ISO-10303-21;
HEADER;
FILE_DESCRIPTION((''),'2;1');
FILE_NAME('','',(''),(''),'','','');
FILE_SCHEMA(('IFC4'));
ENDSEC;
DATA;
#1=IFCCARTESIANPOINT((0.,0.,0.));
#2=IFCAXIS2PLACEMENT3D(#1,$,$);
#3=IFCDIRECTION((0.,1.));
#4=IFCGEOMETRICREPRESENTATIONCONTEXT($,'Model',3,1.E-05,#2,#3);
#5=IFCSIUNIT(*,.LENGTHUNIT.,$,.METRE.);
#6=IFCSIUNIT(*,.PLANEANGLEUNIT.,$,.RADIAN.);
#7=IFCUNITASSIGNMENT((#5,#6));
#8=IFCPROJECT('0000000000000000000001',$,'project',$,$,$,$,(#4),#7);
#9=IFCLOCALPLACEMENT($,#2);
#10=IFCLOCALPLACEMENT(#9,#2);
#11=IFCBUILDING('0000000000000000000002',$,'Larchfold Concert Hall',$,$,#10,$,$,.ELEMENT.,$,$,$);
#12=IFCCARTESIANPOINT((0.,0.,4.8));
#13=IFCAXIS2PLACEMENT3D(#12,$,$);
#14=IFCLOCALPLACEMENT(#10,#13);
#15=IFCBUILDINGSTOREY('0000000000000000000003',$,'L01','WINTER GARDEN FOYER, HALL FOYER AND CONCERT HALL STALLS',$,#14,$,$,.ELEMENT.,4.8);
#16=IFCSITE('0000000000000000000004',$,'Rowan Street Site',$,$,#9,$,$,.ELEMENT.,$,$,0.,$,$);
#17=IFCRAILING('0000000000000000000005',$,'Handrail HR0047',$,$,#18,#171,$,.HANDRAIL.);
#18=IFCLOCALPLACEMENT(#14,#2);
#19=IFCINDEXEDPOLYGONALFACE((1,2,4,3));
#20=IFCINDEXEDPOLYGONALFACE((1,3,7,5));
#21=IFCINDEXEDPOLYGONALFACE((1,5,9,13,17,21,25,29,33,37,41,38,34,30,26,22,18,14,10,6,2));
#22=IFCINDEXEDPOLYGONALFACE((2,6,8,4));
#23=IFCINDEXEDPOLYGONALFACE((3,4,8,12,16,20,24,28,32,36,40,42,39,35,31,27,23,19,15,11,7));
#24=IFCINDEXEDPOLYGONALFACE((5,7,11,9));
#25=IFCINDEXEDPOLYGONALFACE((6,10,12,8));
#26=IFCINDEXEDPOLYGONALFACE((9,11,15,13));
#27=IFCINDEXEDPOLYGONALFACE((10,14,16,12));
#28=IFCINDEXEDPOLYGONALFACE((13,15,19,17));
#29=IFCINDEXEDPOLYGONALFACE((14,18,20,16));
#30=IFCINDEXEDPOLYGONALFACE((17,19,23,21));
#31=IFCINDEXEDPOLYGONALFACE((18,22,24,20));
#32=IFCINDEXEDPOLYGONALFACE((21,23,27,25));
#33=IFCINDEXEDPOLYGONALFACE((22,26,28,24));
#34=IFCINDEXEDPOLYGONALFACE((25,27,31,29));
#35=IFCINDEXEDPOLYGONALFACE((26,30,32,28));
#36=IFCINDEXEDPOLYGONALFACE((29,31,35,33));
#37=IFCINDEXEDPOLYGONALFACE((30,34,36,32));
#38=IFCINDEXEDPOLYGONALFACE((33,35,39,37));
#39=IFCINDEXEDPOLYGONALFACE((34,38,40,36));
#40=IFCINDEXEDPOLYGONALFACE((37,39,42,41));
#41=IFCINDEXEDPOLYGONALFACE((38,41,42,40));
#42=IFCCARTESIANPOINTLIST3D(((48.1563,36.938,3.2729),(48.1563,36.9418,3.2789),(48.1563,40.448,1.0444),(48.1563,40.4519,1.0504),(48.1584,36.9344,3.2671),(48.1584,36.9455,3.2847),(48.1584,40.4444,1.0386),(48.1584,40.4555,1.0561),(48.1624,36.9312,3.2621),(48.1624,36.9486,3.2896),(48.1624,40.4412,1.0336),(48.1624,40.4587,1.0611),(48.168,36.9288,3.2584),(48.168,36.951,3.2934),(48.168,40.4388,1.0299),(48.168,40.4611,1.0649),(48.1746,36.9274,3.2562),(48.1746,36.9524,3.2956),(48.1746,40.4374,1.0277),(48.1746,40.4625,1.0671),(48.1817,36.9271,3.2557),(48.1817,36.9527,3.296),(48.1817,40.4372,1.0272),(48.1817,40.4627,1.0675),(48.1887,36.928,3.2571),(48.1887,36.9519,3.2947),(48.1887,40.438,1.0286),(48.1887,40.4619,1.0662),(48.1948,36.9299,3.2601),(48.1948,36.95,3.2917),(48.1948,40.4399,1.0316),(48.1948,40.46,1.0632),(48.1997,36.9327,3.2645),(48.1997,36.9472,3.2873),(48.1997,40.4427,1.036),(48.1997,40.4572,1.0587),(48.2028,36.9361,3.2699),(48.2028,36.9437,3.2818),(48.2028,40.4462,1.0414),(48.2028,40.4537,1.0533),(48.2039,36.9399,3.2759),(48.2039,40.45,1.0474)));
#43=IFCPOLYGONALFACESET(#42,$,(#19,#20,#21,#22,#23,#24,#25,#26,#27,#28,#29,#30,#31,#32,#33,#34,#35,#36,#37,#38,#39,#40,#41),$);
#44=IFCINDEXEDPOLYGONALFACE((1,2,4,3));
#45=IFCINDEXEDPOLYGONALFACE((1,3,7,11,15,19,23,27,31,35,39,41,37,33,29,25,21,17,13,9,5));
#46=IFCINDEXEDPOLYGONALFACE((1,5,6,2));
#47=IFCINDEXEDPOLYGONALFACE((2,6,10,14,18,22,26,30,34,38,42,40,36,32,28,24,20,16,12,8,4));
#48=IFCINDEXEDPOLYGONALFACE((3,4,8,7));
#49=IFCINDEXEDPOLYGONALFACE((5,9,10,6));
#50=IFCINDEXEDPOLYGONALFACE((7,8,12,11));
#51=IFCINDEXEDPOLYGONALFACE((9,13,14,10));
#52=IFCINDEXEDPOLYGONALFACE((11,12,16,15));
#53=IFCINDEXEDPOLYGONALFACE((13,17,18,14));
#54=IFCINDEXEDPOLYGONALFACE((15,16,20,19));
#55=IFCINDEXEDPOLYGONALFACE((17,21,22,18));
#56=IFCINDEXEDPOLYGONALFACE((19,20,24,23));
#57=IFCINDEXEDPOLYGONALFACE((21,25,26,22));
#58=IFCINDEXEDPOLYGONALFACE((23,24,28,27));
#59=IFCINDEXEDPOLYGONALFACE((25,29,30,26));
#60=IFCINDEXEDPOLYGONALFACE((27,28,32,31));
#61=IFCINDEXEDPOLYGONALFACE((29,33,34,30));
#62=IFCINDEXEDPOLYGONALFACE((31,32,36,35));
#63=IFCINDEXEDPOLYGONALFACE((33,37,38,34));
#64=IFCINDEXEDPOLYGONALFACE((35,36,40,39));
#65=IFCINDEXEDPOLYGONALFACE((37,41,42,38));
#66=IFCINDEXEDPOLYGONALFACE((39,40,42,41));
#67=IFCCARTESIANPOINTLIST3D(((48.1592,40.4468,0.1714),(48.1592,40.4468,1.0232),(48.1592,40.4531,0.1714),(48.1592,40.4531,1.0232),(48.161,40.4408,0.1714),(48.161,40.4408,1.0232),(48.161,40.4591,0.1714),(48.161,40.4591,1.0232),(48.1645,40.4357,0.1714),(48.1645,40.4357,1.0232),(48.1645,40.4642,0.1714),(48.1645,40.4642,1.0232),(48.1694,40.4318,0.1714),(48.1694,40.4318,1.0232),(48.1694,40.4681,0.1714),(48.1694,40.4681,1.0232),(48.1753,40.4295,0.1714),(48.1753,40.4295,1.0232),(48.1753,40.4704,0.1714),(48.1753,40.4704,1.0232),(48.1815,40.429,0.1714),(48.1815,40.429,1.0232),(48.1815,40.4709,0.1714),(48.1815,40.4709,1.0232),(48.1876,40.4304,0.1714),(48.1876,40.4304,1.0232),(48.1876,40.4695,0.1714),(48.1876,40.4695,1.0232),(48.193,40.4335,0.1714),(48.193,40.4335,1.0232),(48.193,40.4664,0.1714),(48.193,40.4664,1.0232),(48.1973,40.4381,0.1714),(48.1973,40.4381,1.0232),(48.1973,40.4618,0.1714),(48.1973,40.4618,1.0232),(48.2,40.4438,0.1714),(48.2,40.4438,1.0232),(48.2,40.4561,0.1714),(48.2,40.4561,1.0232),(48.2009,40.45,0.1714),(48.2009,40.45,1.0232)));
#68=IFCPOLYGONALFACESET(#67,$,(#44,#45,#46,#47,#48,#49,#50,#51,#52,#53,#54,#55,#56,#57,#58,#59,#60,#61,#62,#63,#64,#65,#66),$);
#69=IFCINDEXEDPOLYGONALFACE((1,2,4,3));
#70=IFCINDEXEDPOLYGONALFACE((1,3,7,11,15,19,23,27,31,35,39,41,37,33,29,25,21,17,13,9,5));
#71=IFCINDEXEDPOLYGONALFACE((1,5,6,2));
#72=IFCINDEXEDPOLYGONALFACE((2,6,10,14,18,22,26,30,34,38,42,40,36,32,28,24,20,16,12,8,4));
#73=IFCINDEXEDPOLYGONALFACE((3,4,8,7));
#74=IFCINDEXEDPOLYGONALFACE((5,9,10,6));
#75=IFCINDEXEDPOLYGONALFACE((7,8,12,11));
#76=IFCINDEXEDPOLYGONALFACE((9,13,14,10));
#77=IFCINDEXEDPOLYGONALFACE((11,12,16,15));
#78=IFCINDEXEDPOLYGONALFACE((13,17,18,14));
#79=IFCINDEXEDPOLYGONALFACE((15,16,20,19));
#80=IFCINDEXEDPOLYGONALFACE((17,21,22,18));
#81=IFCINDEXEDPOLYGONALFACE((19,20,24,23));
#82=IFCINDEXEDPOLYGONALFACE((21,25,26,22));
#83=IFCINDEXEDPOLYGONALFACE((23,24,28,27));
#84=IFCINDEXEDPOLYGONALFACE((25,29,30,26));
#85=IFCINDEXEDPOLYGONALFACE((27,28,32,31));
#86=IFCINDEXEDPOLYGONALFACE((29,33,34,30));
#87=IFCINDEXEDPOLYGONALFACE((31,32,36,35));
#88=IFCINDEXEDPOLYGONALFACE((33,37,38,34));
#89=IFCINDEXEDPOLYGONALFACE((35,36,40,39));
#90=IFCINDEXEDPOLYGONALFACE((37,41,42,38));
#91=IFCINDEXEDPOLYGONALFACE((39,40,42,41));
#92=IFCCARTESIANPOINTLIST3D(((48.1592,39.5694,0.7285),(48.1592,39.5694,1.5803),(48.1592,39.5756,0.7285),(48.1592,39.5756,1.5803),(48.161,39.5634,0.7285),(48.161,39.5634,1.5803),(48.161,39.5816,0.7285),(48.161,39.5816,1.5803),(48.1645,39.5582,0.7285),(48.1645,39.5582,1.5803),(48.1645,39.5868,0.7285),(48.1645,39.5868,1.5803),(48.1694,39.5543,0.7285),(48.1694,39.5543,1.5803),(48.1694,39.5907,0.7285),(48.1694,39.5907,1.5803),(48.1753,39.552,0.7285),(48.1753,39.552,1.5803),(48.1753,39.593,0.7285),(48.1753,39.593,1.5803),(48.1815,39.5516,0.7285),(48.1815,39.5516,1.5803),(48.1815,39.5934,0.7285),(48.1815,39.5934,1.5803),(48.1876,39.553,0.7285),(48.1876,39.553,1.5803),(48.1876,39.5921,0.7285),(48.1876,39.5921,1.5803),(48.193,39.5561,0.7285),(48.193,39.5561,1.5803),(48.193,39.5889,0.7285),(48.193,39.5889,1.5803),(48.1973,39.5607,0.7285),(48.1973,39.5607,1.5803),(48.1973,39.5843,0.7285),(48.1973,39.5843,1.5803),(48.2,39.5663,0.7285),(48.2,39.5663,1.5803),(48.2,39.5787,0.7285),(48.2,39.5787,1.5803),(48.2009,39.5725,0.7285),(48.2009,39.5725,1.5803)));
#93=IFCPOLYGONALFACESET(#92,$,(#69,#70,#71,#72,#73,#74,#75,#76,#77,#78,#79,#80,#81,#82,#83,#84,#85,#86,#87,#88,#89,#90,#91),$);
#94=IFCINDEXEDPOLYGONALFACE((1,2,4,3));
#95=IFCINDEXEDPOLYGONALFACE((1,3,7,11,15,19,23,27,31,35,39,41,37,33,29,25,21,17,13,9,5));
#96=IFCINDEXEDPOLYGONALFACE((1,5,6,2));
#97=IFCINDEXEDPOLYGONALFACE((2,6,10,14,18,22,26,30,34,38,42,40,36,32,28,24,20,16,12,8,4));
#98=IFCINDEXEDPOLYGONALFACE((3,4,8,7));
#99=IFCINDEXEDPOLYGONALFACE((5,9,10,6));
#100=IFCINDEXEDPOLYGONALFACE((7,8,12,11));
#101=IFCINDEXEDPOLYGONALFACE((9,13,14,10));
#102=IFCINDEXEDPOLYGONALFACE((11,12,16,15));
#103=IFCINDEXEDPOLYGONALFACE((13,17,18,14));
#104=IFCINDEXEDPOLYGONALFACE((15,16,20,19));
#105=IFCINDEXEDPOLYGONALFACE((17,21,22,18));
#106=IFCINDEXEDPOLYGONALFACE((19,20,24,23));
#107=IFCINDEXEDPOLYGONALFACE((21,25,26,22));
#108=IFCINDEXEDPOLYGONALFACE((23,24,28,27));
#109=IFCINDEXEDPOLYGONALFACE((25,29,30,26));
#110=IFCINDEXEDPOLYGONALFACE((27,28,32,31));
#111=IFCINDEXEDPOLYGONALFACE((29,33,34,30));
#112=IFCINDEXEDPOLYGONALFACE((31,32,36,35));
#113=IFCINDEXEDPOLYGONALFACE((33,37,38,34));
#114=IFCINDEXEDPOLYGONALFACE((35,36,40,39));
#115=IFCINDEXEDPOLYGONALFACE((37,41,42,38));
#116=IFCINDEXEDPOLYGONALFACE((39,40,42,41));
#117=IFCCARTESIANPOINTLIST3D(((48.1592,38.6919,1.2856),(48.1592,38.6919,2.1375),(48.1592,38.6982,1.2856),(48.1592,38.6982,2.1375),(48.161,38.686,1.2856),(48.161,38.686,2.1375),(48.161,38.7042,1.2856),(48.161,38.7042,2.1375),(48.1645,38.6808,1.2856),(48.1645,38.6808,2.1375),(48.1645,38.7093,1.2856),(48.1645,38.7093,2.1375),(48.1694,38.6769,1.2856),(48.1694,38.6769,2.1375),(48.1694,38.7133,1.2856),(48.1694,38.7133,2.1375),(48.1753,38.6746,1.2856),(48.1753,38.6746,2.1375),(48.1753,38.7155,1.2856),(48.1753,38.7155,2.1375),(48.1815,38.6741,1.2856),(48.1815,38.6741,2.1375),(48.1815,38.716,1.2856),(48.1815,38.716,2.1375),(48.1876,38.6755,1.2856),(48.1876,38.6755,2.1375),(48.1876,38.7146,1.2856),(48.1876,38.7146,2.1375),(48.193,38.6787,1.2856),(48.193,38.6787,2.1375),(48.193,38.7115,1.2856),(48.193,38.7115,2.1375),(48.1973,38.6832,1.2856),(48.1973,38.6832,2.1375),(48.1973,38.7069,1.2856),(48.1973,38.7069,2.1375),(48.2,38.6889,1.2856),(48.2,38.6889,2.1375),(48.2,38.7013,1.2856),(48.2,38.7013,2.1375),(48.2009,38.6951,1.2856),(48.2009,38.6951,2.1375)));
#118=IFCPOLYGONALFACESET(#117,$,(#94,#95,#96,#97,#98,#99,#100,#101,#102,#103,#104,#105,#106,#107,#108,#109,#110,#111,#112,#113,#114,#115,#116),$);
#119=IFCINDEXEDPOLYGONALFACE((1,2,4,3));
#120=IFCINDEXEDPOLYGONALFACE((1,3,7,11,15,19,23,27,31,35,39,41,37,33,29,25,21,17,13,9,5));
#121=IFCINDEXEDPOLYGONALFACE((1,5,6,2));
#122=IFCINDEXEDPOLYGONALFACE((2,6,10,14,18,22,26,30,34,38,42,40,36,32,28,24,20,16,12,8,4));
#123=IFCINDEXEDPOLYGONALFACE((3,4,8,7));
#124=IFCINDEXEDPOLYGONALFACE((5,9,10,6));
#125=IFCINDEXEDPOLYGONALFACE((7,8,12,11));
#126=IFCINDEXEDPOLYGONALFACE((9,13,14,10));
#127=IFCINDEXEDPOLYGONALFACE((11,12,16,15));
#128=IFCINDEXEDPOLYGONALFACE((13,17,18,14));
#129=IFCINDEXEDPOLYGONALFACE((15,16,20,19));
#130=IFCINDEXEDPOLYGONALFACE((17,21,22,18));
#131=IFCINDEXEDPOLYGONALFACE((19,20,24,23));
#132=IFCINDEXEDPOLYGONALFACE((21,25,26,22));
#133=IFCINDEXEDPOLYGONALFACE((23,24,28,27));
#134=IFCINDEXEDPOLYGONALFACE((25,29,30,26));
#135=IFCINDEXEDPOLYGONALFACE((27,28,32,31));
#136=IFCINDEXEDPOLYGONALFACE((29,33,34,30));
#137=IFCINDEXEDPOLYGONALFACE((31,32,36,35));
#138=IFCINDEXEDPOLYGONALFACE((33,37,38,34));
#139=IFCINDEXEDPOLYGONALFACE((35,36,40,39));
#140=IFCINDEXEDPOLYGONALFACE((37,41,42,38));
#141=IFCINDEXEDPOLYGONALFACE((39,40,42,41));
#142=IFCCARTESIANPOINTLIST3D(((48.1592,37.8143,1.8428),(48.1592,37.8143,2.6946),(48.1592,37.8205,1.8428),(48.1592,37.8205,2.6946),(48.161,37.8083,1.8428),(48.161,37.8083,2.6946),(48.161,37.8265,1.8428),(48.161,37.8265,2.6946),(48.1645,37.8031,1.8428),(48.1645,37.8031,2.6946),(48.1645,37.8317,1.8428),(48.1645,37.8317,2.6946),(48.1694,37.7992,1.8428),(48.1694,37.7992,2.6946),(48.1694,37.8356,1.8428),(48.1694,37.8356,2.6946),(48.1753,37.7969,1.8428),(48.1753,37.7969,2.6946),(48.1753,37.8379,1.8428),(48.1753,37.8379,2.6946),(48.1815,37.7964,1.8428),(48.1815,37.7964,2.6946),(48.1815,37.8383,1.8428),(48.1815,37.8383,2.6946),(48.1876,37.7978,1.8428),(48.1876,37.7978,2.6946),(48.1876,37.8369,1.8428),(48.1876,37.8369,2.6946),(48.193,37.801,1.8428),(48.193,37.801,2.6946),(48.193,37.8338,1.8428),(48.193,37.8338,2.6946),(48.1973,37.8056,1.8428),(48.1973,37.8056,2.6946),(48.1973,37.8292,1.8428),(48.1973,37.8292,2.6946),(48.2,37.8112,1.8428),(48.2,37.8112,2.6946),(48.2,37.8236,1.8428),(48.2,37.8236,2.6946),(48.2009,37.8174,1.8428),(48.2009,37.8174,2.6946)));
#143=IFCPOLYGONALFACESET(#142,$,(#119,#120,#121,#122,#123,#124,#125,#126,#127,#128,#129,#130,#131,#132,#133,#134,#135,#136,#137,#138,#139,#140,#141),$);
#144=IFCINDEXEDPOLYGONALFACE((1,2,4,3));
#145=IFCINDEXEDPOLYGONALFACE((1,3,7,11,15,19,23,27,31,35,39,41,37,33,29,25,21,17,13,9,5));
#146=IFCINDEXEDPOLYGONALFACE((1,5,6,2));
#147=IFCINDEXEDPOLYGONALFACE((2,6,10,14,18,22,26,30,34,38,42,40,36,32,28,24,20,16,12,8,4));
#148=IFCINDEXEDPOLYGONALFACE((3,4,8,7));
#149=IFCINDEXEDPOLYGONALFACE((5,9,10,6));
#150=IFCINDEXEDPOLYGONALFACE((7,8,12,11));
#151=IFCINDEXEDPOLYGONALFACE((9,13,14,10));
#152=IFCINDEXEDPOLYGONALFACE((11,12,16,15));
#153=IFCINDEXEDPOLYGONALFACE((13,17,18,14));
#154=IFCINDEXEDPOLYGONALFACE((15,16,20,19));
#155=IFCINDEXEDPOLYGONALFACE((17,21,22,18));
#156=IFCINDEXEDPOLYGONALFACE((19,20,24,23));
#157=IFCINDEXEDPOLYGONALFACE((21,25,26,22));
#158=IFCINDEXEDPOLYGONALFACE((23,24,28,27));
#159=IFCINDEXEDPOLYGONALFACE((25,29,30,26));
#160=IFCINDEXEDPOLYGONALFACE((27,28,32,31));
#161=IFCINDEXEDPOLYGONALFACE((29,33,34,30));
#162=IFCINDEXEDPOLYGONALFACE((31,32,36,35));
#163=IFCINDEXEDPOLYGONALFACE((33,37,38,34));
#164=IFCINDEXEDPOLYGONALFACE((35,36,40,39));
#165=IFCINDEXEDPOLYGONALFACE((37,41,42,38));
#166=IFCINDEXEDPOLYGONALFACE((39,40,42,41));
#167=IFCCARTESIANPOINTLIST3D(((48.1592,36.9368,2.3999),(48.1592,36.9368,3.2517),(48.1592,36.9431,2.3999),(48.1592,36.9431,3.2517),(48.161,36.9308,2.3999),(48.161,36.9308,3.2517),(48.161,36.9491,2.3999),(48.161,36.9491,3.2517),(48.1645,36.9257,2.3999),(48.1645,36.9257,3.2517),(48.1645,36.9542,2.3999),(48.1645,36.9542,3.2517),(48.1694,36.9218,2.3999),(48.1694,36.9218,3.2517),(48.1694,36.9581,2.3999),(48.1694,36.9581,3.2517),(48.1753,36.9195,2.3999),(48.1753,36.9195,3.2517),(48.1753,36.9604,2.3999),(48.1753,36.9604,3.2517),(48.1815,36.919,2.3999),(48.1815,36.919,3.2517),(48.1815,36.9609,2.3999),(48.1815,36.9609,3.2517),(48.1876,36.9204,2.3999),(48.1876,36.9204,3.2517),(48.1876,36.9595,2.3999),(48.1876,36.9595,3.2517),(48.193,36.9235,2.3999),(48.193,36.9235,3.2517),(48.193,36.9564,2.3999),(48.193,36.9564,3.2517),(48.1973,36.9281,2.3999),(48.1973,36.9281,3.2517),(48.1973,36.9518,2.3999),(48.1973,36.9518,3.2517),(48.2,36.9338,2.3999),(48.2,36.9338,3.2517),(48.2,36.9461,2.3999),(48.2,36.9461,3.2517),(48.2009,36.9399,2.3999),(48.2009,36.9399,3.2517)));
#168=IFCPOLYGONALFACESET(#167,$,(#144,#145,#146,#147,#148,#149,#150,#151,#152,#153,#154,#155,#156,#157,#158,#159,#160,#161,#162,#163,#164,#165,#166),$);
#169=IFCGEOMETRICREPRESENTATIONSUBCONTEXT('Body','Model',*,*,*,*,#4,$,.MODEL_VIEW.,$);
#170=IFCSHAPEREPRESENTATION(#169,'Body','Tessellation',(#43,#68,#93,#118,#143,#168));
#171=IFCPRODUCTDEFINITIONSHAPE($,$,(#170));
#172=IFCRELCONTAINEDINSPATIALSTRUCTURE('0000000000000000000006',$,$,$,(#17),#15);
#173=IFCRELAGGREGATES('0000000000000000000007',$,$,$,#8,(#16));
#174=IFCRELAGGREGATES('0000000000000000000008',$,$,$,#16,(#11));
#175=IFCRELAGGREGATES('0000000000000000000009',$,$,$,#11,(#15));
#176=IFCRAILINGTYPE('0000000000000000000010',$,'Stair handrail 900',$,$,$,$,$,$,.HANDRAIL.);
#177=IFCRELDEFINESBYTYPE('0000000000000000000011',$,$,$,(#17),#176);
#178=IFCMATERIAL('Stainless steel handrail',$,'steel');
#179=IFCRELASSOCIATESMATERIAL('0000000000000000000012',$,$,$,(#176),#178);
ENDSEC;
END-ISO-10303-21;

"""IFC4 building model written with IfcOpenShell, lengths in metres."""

from ifc_helpers import new_model, si_unit, direction, frame, origin, origin_2d, place, context, subcontext, project, spatial, circle, extrude, material, type_object, element, save


model = new_model("IFC4")

# Units and contexts
model_context = context("Model", 3, precision=1e-05, world=origin(), true_north=direction((0.0, 1.0)))
body_context = subcontext(model_context, "Body", "Model", "MODEL_VIEW")
ifc_project = project(units=[si_unit("LENGTHUNIT", "METRE"), si_unit("PLANEANGLEUNIT", "RADIAN")], contexts=[model_context])

# Site, building, storey
site_placement = place(None, origin())
site = spatial("IfcSite", under=ifc_project, at=site_placement, Name="Rowan Street Site", CompositionType="ELEMENT", RefElevation=0.0)
building_placement = place(site_placement, origin())
building = spatial("IfcBuilding", under=site, at=building_placement, Name="Larchfold Concert Hall", CompositionType="ELEMENT")
storey_placement = place(building_placement, frame((0.0, 0.0, 4.8)))
storey = spatial("IfcBuildingStorey", under=building, at=storey_placement, Name="L01", Description="WINTER GARDEN FOYER, HALL FOYER AND CONCERT HALL STALLS", CompositionType="ELEMENT", Elevation=4.8)

# Railing
ifc_material_1 = material(Name="Stainless steel handrail", Category="steel")
railing_type_1 = type_object("IfcRailingType", Name="Stair handrail 900", PredefinedType="HANDRAIL", material=ifc_material_1)
for number, where, name in (
    (1, (48.1799, 40.45, 0.1714), "Handrail HR0047"),
):
    element("IfcRailing", number, at=place(storey_placement, frame(where)), inside=storey, type_object=railing_type_1, Name=name, PredefinedType="HANDRAIL", context=body_context, shape_type="SweptSolid", body=[
        extrude(circle(Radius=0.0239, at=origin_2d()), frame((0.0, 0.0, 0.876), z_axis=(0.0, -0.84422, 0.535998), x_axis=(1.0, 0.0, 0.0)), (0.0, 0.0, 1.0), 4.1577),
        extrude(circle(Radius=0.021, at=origin_2d()), origin(), (0.0, 0.0, 1.0), 0.8518),
        extrude(circle(Radius=0.021, at=origin_2d()), frame((0.0, -0.8774, 0.5571)), (0.0, 0.0, 1.0), 0.8518),
        extrude(circle(Radius=0.021, at=origin_2d()), frame((0.0, -1.7549, 1.1143)), (0.0, 0.0, 1.0), 0.8518),
        extrude(circle(Radius=0.021, at=origin_2d()), frame((0.0, -2.6326, 1.6714)), (0.0, 0.0, 1.0), 0.8518),
        extrude(circle(Radius=0.021, at=origin_2d()), frame((0.0, -3.51, 2.2285)), (0.0, 0.0, 1.0), 0.8518),
    ])

save(model, "model.ifc")
